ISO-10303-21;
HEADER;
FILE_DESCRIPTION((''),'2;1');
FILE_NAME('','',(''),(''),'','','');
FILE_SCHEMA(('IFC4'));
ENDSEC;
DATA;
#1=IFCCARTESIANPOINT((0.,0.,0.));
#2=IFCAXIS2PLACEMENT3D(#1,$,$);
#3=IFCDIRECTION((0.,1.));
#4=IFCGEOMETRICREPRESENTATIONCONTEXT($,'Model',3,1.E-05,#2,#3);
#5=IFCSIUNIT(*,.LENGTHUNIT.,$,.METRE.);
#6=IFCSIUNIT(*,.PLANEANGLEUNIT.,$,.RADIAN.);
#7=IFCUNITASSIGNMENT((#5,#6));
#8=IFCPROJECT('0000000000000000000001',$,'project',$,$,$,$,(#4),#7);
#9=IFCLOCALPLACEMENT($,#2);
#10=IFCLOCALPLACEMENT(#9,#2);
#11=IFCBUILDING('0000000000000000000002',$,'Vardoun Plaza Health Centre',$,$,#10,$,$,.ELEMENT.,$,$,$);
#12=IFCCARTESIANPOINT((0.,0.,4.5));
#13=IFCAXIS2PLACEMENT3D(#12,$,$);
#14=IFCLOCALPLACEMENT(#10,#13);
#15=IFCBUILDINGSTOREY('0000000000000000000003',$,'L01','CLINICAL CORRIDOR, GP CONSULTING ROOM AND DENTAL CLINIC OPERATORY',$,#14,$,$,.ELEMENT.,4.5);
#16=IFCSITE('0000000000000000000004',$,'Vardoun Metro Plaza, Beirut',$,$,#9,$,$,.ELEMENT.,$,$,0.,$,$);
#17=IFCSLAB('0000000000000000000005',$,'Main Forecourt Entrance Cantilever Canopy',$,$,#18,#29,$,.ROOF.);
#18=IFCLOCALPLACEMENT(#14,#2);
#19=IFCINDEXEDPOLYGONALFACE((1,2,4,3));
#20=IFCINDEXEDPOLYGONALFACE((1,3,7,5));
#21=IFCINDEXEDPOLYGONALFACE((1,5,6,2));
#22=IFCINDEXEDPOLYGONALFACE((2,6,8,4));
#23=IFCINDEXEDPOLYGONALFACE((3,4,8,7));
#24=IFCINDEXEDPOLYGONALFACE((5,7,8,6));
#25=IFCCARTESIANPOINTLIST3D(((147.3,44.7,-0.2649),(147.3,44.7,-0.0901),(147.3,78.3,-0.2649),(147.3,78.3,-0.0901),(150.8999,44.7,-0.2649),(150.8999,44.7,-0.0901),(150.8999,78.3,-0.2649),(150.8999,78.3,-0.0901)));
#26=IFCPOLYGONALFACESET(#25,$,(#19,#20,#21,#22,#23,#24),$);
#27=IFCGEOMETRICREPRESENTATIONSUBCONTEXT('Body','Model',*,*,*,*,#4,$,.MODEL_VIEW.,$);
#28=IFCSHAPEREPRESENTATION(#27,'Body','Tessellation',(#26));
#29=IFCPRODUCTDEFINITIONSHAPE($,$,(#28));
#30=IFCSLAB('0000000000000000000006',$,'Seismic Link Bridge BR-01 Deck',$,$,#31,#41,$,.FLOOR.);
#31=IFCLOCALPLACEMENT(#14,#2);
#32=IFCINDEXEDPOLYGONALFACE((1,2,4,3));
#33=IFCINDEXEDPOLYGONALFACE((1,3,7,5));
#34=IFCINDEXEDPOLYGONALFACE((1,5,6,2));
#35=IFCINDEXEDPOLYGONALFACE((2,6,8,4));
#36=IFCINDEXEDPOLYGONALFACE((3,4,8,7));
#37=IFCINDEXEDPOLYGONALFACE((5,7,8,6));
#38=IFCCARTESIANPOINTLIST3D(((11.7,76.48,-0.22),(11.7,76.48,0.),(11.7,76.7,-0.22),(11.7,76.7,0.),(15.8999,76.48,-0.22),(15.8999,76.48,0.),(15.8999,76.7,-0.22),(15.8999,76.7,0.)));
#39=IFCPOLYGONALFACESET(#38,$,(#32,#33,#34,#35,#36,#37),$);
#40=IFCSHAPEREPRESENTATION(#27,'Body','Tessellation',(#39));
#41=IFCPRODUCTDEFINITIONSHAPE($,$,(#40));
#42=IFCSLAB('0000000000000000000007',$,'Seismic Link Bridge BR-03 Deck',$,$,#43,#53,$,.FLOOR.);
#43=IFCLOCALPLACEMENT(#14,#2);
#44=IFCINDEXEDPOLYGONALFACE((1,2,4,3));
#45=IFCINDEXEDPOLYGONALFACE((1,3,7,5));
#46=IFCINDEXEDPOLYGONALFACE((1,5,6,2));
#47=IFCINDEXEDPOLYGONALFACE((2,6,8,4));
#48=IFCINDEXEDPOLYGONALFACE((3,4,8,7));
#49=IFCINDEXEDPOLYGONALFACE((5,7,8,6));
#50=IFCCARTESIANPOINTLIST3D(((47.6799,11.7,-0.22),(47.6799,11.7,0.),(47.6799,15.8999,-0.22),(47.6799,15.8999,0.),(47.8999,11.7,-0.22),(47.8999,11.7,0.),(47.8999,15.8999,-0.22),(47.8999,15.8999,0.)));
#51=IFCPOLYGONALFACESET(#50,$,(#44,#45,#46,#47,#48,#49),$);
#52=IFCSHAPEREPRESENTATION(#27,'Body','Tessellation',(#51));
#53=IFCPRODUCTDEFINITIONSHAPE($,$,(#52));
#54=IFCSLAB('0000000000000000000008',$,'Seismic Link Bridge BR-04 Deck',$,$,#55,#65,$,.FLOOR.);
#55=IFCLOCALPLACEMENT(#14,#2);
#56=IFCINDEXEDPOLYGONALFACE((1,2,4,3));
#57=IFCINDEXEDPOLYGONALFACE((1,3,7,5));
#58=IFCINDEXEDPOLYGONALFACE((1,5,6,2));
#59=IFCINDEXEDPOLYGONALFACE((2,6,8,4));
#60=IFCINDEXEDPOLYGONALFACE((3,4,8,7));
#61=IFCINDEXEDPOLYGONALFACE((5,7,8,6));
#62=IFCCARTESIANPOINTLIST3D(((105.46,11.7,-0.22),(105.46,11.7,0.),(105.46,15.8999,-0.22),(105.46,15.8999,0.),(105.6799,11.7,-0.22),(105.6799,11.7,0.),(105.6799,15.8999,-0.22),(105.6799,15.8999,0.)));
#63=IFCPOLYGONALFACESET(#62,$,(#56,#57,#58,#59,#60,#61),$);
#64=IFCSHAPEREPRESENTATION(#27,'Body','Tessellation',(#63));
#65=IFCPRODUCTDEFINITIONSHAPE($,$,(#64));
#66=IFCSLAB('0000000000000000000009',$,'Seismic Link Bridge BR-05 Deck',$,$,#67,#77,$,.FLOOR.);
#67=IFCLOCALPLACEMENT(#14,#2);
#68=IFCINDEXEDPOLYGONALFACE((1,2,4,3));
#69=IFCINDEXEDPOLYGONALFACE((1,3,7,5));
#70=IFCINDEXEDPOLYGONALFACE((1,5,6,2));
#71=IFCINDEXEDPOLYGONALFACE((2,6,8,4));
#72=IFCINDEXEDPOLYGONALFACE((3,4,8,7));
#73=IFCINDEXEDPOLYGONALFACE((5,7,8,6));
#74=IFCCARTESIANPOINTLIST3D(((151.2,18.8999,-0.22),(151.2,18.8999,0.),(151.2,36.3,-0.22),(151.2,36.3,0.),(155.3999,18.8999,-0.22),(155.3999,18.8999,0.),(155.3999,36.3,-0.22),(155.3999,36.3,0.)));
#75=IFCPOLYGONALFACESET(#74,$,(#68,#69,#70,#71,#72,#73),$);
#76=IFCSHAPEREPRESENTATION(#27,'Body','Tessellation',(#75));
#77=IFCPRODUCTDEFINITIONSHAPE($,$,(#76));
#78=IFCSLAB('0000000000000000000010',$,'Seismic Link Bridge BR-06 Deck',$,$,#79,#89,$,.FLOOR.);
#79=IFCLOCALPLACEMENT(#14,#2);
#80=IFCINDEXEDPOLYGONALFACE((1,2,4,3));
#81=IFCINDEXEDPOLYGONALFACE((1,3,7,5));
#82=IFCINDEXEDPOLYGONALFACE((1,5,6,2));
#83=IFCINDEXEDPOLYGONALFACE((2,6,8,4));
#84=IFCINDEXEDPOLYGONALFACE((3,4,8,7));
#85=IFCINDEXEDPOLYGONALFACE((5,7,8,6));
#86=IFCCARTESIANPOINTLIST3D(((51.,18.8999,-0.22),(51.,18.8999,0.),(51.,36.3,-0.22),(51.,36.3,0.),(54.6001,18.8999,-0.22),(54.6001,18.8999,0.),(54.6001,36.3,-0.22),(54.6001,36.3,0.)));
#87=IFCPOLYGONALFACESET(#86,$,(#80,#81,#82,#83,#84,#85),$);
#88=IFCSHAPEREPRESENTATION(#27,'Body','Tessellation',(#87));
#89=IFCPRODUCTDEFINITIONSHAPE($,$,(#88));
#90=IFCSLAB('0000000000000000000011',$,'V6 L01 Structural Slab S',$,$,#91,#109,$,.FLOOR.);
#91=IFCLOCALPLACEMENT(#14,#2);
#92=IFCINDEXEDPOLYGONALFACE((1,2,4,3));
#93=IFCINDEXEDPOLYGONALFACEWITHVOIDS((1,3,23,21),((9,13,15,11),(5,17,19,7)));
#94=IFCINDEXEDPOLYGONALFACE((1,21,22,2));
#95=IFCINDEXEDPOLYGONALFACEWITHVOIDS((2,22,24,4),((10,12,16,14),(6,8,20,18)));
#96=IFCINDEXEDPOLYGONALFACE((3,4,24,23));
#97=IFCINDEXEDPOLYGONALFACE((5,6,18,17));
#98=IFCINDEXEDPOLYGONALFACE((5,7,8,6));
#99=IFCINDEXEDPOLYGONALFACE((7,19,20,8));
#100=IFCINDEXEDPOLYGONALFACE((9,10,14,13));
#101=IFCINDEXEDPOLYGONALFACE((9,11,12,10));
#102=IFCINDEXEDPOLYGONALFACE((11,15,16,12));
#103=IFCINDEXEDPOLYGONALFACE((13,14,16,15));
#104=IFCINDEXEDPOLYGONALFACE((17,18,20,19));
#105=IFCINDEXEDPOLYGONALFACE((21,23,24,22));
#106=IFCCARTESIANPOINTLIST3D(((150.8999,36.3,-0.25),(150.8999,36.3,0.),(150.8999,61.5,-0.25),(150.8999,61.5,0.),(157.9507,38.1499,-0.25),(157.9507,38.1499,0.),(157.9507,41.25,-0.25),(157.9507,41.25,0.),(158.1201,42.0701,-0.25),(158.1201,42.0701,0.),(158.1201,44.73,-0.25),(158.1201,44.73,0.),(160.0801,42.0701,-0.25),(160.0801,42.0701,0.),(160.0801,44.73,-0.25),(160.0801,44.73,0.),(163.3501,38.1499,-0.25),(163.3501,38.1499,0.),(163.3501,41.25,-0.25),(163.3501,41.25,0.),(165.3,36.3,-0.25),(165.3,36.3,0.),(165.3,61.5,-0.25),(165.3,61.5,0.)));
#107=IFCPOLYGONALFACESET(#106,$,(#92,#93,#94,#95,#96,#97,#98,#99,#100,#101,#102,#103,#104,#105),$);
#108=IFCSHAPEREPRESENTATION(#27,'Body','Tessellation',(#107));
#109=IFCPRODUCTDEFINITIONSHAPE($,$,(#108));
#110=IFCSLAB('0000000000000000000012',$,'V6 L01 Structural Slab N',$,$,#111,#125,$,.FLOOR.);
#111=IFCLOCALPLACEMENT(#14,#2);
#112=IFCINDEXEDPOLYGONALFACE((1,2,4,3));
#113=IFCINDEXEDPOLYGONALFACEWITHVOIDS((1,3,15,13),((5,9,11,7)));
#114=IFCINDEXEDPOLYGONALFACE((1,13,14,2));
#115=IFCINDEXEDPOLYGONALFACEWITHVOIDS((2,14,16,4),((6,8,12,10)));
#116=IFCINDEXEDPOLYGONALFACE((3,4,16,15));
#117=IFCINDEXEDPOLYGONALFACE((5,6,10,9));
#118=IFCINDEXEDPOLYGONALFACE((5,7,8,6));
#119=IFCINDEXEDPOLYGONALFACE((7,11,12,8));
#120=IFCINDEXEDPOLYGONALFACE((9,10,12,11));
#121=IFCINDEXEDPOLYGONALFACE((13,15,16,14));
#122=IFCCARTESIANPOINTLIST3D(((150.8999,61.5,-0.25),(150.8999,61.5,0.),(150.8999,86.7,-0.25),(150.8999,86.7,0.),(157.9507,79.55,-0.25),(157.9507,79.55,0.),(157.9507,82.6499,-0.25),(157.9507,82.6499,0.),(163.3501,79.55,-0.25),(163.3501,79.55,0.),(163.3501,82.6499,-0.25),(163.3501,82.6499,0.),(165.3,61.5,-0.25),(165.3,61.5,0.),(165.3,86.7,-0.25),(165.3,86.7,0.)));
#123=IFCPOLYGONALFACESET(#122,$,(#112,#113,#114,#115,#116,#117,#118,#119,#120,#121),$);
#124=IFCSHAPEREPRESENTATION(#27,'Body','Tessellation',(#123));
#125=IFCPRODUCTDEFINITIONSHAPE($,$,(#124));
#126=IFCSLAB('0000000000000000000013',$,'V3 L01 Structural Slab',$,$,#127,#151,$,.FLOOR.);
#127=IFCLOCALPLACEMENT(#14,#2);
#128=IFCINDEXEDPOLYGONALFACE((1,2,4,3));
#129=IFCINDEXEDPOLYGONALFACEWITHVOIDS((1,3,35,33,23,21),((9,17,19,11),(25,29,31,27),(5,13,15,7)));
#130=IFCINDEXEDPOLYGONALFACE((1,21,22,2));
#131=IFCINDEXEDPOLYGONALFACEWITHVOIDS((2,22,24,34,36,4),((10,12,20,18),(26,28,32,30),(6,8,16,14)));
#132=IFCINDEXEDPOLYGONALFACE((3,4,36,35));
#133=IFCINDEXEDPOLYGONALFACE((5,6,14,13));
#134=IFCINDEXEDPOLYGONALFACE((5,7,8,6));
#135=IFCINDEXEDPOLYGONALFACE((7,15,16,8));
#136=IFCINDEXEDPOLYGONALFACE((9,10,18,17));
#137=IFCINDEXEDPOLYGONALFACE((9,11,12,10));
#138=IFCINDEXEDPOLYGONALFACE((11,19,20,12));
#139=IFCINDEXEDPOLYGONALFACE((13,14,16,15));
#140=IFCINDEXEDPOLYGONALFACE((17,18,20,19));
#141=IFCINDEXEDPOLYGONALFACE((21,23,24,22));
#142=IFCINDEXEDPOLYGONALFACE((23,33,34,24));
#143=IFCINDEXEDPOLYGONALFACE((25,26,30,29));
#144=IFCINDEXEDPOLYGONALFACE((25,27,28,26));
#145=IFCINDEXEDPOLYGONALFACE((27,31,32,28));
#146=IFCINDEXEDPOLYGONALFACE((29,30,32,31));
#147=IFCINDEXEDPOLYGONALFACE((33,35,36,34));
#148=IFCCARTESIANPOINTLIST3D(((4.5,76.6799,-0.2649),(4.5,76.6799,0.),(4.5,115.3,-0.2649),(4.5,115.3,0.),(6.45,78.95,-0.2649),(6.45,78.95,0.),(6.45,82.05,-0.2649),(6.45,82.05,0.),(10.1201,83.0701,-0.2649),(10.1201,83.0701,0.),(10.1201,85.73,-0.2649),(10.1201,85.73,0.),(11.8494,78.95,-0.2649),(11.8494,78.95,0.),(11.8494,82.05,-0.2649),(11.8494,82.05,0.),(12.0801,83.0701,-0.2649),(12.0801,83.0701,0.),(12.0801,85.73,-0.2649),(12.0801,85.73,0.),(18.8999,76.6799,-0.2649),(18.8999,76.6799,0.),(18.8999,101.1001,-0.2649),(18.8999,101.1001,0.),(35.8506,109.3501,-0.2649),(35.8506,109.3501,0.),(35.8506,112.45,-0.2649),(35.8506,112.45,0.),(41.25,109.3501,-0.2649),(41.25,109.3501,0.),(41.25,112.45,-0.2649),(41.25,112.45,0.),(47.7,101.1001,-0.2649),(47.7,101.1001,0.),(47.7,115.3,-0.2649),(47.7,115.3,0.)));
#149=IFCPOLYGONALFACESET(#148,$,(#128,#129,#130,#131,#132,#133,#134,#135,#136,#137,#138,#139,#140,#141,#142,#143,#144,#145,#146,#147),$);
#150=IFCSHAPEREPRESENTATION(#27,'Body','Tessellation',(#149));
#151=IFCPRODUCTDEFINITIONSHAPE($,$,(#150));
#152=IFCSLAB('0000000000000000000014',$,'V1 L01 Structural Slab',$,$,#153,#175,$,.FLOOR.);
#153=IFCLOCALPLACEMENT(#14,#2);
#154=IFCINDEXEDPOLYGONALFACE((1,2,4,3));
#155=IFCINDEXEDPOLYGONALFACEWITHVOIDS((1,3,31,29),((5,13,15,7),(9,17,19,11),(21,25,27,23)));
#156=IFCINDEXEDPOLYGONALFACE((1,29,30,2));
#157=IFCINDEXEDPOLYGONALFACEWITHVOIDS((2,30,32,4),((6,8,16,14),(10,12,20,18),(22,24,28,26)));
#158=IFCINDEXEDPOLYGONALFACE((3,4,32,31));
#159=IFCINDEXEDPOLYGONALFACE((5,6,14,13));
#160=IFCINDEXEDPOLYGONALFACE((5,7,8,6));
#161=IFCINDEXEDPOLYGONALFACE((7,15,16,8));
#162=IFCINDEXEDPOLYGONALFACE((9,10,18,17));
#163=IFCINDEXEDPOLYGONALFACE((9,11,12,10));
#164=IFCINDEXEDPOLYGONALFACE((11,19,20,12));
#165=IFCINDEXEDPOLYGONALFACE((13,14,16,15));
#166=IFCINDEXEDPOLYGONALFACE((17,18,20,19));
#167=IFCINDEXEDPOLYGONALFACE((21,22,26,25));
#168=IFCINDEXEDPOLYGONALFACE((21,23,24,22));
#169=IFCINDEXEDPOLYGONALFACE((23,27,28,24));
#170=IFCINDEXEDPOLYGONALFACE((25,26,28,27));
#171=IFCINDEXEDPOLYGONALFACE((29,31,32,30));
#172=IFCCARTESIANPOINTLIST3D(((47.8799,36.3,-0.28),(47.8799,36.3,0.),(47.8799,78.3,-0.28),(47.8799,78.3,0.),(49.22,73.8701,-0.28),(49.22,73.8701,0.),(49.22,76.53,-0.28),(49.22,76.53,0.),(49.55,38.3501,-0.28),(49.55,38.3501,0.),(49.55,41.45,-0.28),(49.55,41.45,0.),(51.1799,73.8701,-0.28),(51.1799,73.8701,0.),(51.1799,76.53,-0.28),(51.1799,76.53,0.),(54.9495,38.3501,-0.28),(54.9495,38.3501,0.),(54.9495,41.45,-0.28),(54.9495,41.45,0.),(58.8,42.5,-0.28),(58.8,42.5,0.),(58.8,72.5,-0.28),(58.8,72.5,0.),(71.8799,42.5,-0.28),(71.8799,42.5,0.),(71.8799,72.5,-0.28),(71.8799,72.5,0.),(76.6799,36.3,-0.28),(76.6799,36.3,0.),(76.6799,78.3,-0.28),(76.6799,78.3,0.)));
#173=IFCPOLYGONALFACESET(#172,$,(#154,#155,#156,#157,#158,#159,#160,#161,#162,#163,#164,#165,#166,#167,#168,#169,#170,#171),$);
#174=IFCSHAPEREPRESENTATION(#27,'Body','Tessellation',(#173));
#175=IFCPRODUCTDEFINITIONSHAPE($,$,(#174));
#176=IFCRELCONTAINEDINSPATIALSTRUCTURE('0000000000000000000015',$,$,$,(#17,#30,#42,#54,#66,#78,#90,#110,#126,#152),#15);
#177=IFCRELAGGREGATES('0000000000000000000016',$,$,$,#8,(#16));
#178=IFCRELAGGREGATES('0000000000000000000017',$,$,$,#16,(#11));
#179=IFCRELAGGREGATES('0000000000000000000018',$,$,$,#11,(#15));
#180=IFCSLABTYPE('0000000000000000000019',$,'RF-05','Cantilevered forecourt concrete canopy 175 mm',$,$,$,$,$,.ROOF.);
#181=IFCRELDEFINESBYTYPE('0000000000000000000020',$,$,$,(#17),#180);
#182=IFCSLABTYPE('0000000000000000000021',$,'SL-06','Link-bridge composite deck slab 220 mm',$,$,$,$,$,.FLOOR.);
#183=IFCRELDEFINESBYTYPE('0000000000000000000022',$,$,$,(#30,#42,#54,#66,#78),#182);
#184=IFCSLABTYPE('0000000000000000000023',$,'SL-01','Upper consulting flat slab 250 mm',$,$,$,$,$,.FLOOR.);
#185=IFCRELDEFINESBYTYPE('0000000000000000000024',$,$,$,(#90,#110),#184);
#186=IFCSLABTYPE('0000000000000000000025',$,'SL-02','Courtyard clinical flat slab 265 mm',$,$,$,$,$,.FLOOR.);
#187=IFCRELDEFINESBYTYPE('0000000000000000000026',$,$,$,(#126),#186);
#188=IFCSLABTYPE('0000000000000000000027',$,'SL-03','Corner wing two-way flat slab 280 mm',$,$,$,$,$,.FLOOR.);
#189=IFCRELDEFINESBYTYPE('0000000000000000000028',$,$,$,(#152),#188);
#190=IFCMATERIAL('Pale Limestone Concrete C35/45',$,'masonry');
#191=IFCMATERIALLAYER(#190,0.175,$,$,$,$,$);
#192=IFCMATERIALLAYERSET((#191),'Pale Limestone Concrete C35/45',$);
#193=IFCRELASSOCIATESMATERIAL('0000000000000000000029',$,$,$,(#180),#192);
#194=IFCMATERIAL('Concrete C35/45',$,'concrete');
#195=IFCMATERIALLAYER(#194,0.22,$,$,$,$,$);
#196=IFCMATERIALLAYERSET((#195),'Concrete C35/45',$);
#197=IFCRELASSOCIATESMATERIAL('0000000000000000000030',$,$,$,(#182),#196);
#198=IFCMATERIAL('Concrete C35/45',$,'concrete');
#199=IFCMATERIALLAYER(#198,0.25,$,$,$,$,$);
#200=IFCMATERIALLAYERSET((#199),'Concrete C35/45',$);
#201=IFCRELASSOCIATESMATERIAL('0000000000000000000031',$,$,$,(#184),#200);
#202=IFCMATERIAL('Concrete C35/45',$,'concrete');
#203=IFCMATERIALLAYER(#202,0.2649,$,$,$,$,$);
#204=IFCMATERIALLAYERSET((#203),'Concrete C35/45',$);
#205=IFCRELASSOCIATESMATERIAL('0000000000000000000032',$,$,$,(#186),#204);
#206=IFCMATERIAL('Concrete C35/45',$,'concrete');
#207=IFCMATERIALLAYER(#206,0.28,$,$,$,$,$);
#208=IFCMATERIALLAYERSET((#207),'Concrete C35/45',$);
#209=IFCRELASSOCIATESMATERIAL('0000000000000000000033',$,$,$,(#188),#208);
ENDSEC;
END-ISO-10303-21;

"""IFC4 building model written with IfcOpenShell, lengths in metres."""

from ifc_helpers import new_model, si_unit, direction, frame, origin, place, context, subcontext, project, spatial, polyline, outline, extrude, material, layer, layer_set, type_object, element, save


model = new_model("IFC4")

# Units and contexts
model_context = context("Model", 3, precision=1e-05, world=origin(), true_north=direction((0.0, 1.0)))
body_context = subcontext(model_context, "Body", "Model", "MODEL_VIEW")
ifc_project = project(units=[si_unit("LENGTHUNIT", "METRE"), si_unit("PLANEANGLEUNIT", "RADIAN")], contexts=[model_context])

# Site, building, storey
site_placement = place(None, origin())
site = spatial("IfcSite", under=ifc_project, at=site_placement, Name="Vardoun Metro Plaza, Beirut", CompositionType="ELEMENT", RefElevation=0.0)
building_placement = place(site_placement, origin())
building = spatial("IfcBuilding", under=site, at=building_placement, Name="Vardoun Plaza Health Centre", CompositionType="ELEMENT")
storey_placement = place(building_placement, frame((0.0, 0.0, 4.5)))
storey = spatial("IfcBuildingStorey", under=building, at=storey_placement, Name="L01", Description="CLINICAL CORRIDOR, GP CONSULTING ROOM AND DENTAL CLINIC OPERATORY", CompositionType="ELEMENT", Elevation=4.5)

# Slabs
ifc_material_1 = material(Name="Pale Limestone Concrete C35/45", Category="masonry")
ifc_layer_1 = layer(ifc_material_1, 0.175)
ifc_layer_set_1 = layer_set([ifc_layer_1], Name="Pale Limestone Concrete C35/45")
slab_type_1 = type_object("IfcSlabType", Name="RF-05", Description="Cantilevered forecourt concrete canopy 175 mm", PredefinedType="ROOF", material=ifc_layer_set_1)
slab_1_placement = place(storey_placement, frame((0.0, 0.0, -0.2649)))
element("IfcSlab", 1, at=slab_1_placement, inside=storey, type_object=slab_type_1, Name="Main Forecourt Entrance Cantilever Canopy", PredefinedType="ROOF", context=body_context, shape_type="SweptSolid", body=[
    extrude(outline(polyline([(147.3, 44.7), (150.8999, 44.7), (150.8999, 78.3), (147.3, 78.3), (147.3, 44.7)])), origin(), (0.0, 0.0, 1.0), 0.1748),
])
ifc_material_2 = material(Name="Concrete C35/45", Category="concrete")
ifc_layer_2 = layer(ifc_material_2, 0.22)
ifc_layer_set_2 = layer_set([ifc_layer_2], Name="Concrete C35/45")
slab_type_2 = type_object("IfcSlabType", Name="SL-06", Description="Link-bridge composite deck slab 220 mm", PredefinedType="FLOOR", material=ifc_layer_set_2)
slab_2_placement = place(storey_placement, frame((0.0, 0.0, -0.22)))
element("IfcSlab", 2, at=slab_2_placement, inside=storey, type_object=slab_type_2, Name="Seismic Link Bridge BR-01 Deck", PredefinedType="FLOOR", context=body_context, shape_type="SweptSolid", body=[
    extrude(outline(polyline([(11.7, 76.48), (15.8999, 76.48), (15.8999, 76.7), (11.7, 76.7), (11.7, 76.48)])), origin(), (0.0, 0.0, 1.0), 0.22),
])
slab_3_placement = place(storey_placement, frame((0.0, 0.0, -0.22)))
element("IfcSlab", 3, at=slab_3_placement, inside=storey, type_object=slab_type_2, Name="Seismic Link Bridge BR-03 Deck", PredefinedType="FLOOR", context=body_context, shape_type="SweptSolid", body=[
    extrude(outline(polyline([(47.6799, 11.7), (47.8999, 11.7), (47.8999, 15.8999), (47.6799, 15.8999), (47.6799, 11.7)])), origin(), (0.0, 0.0, 1.0), 0.22),
])
slab_4_placement = place(storey_placement, frame((0.0, 0.0, -0.22)))
element("IfcSlab", 4, at=slab_4_placement, inside=storey, type_object=slab_type_2, Name="Seismic Link Bridge BR-04 Deck", PredefinedType="FLOOR", context=body_context, shape_type="SweptSolid", body=[
    extrude(outline(polyline([(105.46, 11.7), (105.6799, 11.7), (105.6799, 15.8999), (105.46, 15.8999), (105.46, 11.7)])), origin(), (0.0, 0.0, 1.0), 0.22),
])
slab_5_placement = place(storey_placement, frame((0.0, 0.0, -0.22)))
element("IfcSlab", 5, at=slab_5_placement, inside=storey, type_object=slab_type_2, Name="Seismic Link Bridge BR-05 Deck", PredefinedType="FLOOR", context=body_context, shape_type="SweptSolid", body=[
    extrude(outline(polyline([(151.2, 18.8999), (155.3999, 18.8999), (155.3999, 36.3), (151.2, 36.3), (151.2, 18.8999)])), origin(), (0.0, 0.0, 1.0), 0.22),
])
slab_6_placement = place(storey_placement, frame((0.0, 0.0, -0.22)))
element("IfcSlab", 6, at=slab_6_placement, inside=storey, type_object=slab_type_2, Name="Seismic Link Bridge BR-06 Deck", PredefinedType="FLOOR", context=body_context, shape_type="SweptSolid", body=[
    extrude(outline(polyline([(51.0, 18.8999), (54.6001, 18.8999), (54.6001, 36.3), (51.0, 36.3), (51.0, 18.8999)])), origin(), (0.0, 0.0, 1.0), 0.22),
])
ifc_material_3 = material(Name="Concrete C35/45", Category="concrete")
ifc_layer_3 = layer(ifc_material_3, 0.25)
ifc_layer_set_3 = layer_set([ifc_layer_3], Name="Concrete C35/45")
slab_type_3 = type_object("IfcSlabType", Name="SL-01", Description="Upper consulting flat slab 250 mm", PredefinedType="FLOOR", material=ifc_layer_set_3)
slab_7_placement = place(storey_placement, frame((0.0, 0.0, -0.25)))
element("IfcSlab", 7, at=slab_7_placement, inside=storey, type_object=slab_type_3, Name="V6 L01 Structural Slab S", PredefinedType="FLOOR", context=body_context, shape_type="SweptSolid", body=[
    extrude(outline(polyline([(150.8999, 36.3), (165.3, 36.3), (165.3, 61.5), (150.8999, 61.5), (150.8999, 36.3)]), holes=[polyline([(157.9507, 38.1499), (163.3501, 38.1499), (163.3501, 41.25), (157.9507, 41.25), (157.9507, 38.1499)]), polyline([(158.1201, 42.0701), (160.0801, 42.0701), (160.0801, 44.73), (158.1201, 44.73), (158.1201, 42.0701)])]), origin(), (0.0, 0.0, 1.0), 0.25),
])
slab_8_placement = place(storey_placement, frame((0.0, 0.0, -0.25)))
element("IfcSlab", 8, at=slab_8_placement, inside=storey, type_object=slab_type_3, Name="V6 L01 Structural Slab N", PredefinedType="FLOOR", context=body_context, shape_type="SweptSolid", body=[
    extrude(outline(polyline([(150.8999, 61.5), (165.3, 61.5), (165.3, 86.7), (150.8999, 86.7), (150.8999, 61.5)]), holes=[polyline([(157.9507, 79.55), (163.3501, 79.55), (163.3501, 82.6499), (157.9507, 82.6499), (157.9507, 79.55)])]), origin(), (0.0, 0.0, 1.0), 0.25),
])
ifc_material_4 = material(Name="Concrete C35/45", Category="concrete")
ifc_layer_4 = layer(ifc_material_4, 0.2649)
ifc_layer_set_4 = layer_set([ifc_layer_4], Name="Concrete C35/45")
slab_type_4 = type_object("IfcSlabType", Name="SL-02", Description="Courtyard clinical flat slab 265 mm", PredefinedType="FLOOR", material=ifc_layer_set_4)
slab_9_placement = place(storey_placement, frame((0.0, 0.0, -0.2649)))
element("IfcSlab", 9, at=slab_9_placement, inside=storey, type_object=slab_type_4, Name="V3 L01 Structural Slab", PredefinedType="FLOOR", context=body_context, shape_type="SweptSolid", body=[
    extrude(outline(polyline([(4.5, 76.6799), (18.8999, 76.6799), (18.8999, 101.1001), (47.7, 101.1001), (47.7, 115.3), (4.5, 115.3), (4.5, 76.6799)]), holes=[polyline([(6.45, 78.95), (11.8494, 78.95), (11.8494, 82.05), (6.45, 82.05), (6.45, 78.95)]), polyline([(10.1201, 83.0701), (12.0801, 83.0701), (12.0801, 85.73), (10.1201, 85.73), (10.1201, 83.0701)]), polyline([(35.8506, 109.3501), (41.25, 109.3501), (41.25, 112.45), (35.8506, 112.45), (35.8506, 109.3501)])]), origin(), (0.0, 0.0, 1.0), 0.2649),
])
ifc_material_5 = material(Name="Concrete C35/45", Category="concrete")
ifc_layer_5 = layer(ifc_material_5, 0.28)
ifc_layer_set_5 = layer_set([ifc_layer_5], Name="Concrete C35/45")
slab_type_5 = type_object("IfcSlabType", Name="SL-03", Description="Corner wing two-way flat slab 280 mm", PredefinedType="FLOOR", material=ifc_layer_set_5)
slab_10_placement = place(storey_placement, frame((0.0, 0.0, -0.28)))
element("IfcSlab", 10, at=slab_10_placement, inside=storey, type_object=slab_type_5, Name="V1 L01 Structural Slab", PredefinedType="FLOOR", context=body_context, shape_type="SweptSolid", body=[
    extrude(outline(polyline([(47.8799, 36.3), (76.6799, 36.3), (76.6799, 78.3), (47.8799, 78.3), (47.8799, 36.3)]), holes=[polyline([(49.55, 38.3501), (54.9495, 38.3501), (54.9495, 41.45), (49.55, 41.45), (49.55, 38.3501)]), polyline([(49.22, 73.8701), (51.1799, 73.8701), (51.1799, 76.53), (49.22, 76.53), (49.22, 73.8701)]), polyline([(58.8, 42.5), (71.8799, 42.5), (71.8799, 72.5), (58.8, 72.5), (58.8, 42.5)])]), origin(), (0.0, 0.0, 1.0), 0.28),
])

save(model, "model.ifc")
